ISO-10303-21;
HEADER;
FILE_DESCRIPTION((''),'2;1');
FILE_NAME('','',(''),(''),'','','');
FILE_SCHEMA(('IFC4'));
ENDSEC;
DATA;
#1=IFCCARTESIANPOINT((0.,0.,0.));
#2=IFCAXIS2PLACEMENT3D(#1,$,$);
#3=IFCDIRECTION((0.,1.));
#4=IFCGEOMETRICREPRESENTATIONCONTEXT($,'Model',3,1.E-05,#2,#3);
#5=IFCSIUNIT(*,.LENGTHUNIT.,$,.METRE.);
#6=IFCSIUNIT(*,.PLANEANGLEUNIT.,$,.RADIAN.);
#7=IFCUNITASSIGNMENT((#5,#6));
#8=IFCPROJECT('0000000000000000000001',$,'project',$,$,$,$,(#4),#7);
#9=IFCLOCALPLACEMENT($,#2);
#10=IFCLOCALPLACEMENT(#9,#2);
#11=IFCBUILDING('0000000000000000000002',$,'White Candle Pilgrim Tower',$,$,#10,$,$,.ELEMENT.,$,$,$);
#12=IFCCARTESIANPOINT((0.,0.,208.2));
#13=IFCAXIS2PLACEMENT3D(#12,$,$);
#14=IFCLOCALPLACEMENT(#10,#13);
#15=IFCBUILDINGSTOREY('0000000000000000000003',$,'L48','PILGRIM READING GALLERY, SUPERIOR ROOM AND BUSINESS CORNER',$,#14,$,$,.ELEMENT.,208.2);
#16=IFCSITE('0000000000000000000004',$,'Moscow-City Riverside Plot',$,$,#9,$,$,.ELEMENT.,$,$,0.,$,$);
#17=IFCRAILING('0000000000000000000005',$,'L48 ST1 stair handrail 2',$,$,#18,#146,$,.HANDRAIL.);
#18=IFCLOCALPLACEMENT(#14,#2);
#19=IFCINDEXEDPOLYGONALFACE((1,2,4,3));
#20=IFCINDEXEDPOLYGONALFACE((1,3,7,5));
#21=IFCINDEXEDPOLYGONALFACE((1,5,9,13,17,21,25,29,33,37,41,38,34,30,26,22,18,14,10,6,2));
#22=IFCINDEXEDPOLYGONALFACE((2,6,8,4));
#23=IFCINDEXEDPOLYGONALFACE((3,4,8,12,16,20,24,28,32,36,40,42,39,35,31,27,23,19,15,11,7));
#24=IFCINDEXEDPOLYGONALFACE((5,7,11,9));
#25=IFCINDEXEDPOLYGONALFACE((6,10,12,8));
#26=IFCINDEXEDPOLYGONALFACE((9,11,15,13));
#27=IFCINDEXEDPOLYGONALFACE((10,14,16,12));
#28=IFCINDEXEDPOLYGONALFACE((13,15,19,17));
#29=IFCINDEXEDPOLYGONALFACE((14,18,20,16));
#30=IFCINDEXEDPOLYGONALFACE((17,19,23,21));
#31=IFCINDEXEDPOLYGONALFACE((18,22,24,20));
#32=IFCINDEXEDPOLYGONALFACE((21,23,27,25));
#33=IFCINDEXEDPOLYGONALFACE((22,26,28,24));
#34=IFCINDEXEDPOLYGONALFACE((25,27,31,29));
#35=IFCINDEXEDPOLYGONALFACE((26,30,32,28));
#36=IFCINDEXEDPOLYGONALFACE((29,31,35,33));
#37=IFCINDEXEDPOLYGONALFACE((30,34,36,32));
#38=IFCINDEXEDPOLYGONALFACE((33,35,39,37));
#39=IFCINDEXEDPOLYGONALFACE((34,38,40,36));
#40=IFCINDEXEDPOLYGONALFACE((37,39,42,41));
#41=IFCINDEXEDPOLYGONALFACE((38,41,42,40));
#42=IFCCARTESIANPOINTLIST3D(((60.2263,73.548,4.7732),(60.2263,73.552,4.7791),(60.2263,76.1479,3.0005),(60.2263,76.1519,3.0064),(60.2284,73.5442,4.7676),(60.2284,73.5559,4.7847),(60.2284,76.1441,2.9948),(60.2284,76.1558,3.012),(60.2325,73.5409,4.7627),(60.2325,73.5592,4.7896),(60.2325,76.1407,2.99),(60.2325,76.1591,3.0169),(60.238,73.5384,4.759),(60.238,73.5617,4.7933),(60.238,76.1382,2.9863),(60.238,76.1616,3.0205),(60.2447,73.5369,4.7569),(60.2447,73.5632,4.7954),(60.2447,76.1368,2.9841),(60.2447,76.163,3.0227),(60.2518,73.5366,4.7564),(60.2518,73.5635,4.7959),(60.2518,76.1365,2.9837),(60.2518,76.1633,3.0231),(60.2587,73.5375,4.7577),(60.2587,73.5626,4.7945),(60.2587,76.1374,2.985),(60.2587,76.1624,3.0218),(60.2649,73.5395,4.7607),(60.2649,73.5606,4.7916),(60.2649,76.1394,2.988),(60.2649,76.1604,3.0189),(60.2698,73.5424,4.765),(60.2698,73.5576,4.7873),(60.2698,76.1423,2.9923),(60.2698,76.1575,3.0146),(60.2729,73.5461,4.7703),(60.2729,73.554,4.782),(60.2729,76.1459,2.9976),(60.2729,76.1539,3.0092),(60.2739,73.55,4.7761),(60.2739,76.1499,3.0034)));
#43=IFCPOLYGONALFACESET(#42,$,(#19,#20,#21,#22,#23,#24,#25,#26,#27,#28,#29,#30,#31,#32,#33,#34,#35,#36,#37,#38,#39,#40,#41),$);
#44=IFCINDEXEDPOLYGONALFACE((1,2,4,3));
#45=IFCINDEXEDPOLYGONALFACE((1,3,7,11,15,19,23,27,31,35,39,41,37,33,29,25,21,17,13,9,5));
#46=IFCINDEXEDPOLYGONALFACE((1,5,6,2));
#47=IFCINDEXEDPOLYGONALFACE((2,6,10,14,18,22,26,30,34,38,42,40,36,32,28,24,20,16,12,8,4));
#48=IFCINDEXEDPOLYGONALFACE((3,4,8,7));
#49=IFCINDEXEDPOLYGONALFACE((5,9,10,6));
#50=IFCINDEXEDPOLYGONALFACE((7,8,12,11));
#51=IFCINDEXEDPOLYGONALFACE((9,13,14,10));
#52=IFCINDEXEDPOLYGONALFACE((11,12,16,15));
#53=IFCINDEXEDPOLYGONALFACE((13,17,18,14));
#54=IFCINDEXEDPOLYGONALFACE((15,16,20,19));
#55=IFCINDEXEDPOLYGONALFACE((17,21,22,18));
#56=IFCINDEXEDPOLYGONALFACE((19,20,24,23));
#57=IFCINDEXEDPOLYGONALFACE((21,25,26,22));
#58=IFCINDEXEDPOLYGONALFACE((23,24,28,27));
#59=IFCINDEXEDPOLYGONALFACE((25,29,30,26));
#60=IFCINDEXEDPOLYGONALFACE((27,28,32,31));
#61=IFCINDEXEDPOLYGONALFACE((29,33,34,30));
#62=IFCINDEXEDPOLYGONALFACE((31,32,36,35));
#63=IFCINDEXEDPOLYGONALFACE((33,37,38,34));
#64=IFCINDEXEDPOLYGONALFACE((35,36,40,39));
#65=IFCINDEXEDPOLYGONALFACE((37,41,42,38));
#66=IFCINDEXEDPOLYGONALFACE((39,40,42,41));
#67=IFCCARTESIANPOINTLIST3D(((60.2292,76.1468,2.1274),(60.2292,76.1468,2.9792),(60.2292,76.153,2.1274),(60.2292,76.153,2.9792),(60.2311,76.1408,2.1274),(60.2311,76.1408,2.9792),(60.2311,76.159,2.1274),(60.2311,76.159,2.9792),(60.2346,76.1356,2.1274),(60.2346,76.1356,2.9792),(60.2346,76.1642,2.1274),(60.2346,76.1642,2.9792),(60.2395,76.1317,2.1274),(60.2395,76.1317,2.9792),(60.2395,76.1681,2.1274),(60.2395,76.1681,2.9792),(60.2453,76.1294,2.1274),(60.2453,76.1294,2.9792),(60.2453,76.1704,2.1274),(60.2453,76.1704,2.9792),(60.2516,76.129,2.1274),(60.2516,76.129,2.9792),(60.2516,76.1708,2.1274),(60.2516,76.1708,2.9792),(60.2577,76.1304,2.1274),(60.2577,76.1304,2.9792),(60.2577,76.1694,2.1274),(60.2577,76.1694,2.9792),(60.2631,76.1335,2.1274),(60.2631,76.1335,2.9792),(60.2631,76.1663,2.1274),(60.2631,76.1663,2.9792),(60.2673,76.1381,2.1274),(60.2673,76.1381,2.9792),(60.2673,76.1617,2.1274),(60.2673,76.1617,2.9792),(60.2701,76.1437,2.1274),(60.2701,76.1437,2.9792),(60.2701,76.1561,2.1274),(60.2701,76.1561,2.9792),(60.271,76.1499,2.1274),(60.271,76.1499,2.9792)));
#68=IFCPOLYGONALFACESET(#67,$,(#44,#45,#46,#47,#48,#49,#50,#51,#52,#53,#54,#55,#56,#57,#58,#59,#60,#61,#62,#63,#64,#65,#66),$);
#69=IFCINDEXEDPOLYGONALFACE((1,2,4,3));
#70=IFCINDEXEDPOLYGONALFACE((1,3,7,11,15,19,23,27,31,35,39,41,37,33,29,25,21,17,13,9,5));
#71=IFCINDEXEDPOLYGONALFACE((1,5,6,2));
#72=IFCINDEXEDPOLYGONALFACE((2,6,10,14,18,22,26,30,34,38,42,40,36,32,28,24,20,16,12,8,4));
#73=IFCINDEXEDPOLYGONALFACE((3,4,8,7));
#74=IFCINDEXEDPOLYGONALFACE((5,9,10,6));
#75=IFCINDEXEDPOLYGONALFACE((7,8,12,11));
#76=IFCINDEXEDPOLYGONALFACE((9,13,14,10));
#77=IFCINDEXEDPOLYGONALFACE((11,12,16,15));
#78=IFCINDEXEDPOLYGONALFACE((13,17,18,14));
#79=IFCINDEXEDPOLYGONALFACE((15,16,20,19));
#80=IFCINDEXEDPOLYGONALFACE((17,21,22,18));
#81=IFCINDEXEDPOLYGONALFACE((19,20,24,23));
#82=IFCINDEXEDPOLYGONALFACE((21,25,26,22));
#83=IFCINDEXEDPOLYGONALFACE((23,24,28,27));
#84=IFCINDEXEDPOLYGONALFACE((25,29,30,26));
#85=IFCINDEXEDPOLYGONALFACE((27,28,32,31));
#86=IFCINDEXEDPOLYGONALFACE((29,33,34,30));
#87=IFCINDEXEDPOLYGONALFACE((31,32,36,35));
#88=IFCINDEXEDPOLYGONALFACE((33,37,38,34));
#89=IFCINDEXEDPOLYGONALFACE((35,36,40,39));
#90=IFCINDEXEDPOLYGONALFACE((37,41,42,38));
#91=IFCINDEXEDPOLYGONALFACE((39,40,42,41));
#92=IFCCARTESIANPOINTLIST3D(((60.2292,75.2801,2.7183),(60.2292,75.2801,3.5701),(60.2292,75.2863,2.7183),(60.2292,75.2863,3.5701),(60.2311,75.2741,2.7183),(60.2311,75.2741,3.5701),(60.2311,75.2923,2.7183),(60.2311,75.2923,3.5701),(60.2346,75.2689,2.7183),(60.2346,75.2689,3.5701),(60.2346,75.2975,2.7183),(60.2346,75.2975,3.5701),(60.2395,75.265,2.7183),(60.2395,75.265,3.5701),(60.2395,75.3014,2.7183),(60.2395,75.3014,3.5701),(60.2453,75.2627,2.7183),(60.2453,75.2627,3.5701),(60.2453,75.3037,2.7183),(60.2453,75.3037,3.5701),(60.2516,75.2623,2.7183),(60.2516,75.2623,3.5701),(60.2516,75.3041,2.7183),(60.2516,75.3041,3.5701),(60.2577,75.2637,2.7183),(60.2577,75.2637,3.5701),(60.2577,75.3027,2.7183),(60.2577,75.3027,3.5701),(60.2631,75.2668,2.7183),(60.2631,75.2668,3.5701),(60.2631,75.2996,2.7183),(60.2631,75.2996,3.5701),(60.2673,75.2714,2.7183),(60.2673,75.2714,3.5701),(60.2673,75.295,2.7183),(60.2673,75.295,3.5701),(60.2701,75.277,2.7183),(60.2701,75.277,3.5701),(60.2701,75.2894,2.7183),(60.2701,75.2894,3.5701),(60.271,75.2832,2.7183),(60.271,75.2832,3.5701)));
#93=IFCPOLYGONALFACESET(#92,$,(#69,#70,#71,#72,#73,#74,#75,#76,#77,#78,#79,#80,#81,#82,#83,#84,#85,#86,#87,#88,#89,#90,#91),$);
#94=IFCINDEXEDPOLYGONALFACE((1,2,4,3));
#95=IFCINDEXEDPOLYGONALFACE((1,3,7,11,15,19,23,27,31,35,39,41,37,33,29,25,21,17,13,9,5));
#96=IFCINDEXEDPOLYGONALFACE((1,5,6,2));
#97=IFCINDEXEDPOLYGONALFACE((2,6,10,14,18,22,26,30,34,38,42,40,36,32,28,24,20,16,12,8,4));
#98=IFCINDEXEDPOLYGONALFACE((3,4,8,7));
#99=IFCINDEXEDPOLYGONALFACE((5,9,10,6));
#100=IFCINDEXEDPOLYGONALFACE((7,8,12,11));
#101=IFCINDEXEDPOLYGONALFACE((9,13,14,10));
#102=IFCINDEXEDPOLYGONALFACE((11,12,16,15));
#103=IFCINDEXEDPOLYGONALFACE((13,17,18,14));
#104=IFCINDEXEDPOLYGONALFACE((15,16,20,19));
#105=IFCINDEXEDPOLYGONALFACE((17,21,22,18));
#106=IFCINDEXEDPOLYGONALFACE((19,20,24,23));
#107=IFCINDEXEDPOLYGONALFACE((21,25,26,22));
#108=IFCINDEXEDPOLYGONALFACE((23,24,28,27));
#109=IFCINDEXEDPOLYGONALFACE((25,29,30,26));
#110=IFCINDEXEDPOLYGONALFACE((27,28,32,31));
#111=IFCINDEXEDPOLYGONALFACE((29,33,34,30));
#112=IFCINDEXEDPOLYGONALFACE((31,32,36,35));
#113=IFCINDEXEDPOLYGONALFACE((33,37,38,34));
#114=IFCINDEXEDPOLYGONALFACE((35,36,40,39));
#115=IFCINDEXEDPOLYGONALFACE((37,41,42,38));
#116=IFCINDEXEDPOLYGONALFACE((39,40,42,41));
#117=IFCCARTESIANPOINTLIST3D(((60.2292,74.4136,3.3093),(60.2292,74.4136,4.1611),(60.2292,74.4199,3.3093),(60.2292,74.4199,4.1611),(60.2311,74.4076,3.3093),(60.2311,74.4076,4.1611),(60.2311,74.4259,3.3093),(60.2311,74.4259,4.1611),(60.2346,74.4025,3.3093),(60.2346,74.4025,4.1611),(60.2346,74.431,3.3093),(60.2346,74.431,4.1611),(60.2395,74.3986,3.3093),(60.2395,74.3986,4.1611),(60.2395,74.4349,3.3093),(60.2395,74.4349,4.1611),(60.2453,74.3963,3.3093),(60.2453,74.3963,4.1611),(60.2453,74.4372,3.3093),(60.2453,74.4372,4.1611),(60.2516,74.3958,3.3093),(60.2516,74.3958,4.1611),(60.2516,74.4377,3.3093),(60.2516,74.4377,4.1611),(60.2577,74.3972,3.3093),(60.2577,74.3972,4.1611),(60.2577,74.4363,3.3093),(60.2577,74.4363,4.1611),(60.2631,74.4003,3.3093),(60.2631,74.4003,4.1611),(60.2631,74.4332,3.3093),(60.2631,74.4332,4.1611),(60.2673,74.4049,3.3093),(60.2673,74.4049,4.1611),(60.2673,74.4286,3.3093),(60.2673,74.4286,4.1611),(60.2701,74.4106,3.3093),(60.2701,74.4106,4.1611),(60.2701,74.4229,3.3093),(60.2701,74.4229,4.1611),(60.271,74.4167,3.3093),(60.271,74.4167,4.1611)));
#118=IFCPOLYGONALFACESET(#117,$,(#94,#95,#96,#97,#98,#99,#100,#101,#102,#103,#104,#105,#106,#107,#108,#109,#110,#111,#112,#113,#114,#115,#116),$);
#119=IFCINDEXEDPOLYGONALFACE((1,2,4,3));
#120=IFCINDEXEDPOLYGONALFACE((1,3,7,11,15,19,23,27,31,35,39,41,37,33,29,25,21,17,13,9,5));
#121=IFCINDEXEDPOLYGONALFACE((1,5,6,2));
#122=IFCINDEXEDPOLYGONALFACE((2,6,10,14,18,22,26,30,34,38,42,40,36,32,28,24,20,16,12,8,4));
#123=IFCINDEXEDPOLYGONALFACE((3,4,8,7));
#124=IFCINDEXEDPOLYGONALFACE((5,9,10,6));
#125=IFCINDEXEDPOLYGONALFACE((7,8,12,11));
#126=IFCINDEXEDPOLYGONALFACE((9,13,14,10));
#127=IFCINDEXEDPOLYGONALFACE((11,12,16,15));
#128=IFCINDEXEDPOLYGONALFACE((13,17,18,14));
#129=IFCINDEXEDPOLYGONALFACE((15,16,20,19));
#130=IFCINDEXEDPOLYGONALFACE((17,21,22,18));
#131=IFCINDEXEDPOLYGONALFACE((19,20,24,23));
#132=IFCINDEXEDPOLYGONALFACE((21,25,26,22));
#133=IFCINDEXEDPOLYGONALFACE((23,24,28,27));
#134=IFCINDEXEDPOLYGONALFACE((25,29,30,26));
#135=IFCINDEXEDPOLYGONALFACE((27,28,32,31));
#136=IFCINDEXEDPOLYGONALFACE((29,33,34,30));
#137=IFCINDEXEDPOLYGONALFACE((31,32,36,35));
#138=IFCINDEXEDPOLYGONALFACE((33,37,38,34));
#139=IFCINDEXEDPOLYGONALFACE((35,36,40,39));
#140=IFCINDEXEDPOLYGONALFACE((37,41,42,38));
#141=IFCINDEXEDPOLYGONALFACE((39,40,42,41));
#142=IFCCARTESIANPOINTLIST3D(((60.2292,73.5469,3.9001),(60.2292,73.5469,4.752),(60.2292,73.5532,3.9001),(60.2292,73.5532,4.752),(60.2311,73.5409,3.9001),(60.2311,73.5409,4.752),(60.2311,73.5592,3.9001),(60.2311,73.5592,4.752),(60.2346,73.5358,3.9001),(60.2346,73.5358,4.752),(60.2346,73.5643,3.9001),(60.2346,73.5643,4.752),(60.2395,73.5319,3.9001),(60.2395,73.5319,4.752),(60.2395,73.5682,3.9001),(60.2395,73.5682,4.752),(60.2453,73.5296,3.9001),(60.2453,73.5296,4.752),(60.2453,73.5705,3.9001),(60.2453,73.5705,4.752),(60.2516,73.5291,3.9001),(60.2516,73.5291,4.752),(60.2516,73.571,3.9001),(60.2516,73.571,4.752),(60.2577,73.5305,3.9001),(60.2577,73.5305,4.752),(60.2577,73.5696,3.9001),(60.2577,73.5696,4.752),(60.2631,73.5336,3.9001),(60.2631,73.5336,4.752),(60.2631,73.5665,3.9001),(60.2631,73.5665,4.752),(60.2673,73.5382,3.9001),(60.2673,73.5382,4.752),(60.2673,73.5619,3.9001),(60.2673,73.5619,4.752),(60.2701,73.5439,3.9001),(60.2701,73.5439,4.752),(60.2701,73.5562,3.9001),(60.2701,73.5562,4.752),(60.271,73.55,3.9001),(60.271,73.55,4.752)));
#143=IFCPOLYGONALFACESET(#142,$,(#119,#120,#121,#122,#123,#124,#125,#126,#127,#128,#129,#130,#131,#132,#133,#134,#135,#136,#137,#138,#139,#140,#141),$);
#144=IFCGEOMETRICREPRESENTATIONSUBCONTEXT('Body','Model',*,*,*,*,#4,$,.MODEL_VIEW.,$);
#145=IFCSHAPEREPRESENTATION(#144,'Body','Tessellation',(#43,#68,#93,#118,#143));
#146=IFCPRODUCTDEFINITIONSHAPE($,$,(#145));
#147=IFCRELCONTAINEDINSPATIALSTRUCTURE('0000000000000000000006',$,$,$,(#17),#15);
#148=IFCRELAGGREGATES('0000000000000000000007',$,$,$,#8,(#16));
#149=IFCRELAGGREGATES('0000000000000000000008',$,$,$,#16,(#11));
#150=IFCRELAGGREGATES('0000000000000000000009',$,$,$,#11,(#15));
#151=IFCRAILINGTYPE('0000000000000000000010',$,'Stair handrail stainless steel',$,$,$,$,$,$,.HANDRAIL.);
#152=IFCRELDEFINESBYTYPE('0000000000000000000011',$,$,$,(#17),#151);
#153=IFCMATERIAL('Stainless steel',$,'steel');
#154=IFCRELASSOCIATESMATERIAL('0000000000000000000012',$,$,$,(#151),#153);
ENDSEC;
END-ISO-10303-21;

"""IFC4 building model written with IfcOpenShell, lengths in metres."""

from ifc_helpers import new_model, si_unit, direction, frame, origin, origin_2d, place, context, subcontext, project, spatial, circle, extrude, material, type_object, element, save


model = new_model("IFC4")

# Units and contexts
model_context = context("Model", 3, precision=1e-05, world=origin(), true_north=direction((0.0, 1.0)))
body_context = subcontext(model_context, "Body", "Model", "MODEL_VIEW")
ifc_project = project(units=[si_unit("LENGTHUNIT", "METRE"), si_unit("PLANEANGLEUNIT", "RADIAN")], contexts=[model_context])

# Site, building, storey
site_placement = place(None, origin())
site = spatial("IfcSite", under=ifc_project, at=site_placement, Name="Moscow-City Riverside Plot", CompositionType="ELEMENT", RefElevation=0.0)
building_placement = place(site_placement, origin())
building = spatial("IfcBuilding", under=site, at=building_placement, Name="White Candle Pilgrim Tower", CompositionType="ELEMENT")
storey_placement = place(building_placement, frame((0.0, 0.0, 208.2)))
storey = spatial("IfcBuildingStorey", under=building, at=storey_placement, Name="L48", Description="PILGRIM READING GALLERY, SUPERIOR ROOM AND BUSINESS CORNER", CompositionType="ELEMENT", Elevation=208.2)

# Shared definitions
ifc_material_1 = material(Name="Stainless steel", Category="steel")

# Railing
railing_type_1 = type_object("IfcRailingType", Name="Stair handrail stainless steel", PredefinedType="HANDRAIL", material=ifc_material_1)
railing_1_placement = place(storey_placement, frame((60.25, 76.1499, 2.1274)))
element("IfcRailing", 1, at=railing_1_placement, inside=storey, type_object=railing_type_1, Name="L48 ST1 stair handrail 2", PredefinedType="HANDRAIL", context=body_context, shape_type="SweptSolid", body=[
    extrude(circle(Radius=0.0239, at=origin_2d()), frame((0.0, 0.0, 0.876), z_axis=(0.0, -0.826216, 0.563354), x_axis=(1.0, 0.0, 0.0)), (0.0, 0.0, 1.0), 3.1467),
    extrude(circle(Radius=0.021, at=origin_2d()), origin(), (0.0, 0.0, 1.0), 0.8518),
    extrude(circle(Radius=0.021, at=origin_2d()), frame((0.0, -0.8667, 0.5908)), (0.0, 0.0, 1.0), 0.8518),
    extrude(circle(Radius=0.021, at=origin_2d()), frame((0.0, -1.7332, 1.1819)), (0.0, 0.0, 1.0), 0.8518),
    extrude(circle(Radius=0.021, at=origin_2d()), frame((0.0, -2.5999, 1.7727)), (0.0, 0.0, 1.0), 0.8518),
])

save(model, "model.ifc")
